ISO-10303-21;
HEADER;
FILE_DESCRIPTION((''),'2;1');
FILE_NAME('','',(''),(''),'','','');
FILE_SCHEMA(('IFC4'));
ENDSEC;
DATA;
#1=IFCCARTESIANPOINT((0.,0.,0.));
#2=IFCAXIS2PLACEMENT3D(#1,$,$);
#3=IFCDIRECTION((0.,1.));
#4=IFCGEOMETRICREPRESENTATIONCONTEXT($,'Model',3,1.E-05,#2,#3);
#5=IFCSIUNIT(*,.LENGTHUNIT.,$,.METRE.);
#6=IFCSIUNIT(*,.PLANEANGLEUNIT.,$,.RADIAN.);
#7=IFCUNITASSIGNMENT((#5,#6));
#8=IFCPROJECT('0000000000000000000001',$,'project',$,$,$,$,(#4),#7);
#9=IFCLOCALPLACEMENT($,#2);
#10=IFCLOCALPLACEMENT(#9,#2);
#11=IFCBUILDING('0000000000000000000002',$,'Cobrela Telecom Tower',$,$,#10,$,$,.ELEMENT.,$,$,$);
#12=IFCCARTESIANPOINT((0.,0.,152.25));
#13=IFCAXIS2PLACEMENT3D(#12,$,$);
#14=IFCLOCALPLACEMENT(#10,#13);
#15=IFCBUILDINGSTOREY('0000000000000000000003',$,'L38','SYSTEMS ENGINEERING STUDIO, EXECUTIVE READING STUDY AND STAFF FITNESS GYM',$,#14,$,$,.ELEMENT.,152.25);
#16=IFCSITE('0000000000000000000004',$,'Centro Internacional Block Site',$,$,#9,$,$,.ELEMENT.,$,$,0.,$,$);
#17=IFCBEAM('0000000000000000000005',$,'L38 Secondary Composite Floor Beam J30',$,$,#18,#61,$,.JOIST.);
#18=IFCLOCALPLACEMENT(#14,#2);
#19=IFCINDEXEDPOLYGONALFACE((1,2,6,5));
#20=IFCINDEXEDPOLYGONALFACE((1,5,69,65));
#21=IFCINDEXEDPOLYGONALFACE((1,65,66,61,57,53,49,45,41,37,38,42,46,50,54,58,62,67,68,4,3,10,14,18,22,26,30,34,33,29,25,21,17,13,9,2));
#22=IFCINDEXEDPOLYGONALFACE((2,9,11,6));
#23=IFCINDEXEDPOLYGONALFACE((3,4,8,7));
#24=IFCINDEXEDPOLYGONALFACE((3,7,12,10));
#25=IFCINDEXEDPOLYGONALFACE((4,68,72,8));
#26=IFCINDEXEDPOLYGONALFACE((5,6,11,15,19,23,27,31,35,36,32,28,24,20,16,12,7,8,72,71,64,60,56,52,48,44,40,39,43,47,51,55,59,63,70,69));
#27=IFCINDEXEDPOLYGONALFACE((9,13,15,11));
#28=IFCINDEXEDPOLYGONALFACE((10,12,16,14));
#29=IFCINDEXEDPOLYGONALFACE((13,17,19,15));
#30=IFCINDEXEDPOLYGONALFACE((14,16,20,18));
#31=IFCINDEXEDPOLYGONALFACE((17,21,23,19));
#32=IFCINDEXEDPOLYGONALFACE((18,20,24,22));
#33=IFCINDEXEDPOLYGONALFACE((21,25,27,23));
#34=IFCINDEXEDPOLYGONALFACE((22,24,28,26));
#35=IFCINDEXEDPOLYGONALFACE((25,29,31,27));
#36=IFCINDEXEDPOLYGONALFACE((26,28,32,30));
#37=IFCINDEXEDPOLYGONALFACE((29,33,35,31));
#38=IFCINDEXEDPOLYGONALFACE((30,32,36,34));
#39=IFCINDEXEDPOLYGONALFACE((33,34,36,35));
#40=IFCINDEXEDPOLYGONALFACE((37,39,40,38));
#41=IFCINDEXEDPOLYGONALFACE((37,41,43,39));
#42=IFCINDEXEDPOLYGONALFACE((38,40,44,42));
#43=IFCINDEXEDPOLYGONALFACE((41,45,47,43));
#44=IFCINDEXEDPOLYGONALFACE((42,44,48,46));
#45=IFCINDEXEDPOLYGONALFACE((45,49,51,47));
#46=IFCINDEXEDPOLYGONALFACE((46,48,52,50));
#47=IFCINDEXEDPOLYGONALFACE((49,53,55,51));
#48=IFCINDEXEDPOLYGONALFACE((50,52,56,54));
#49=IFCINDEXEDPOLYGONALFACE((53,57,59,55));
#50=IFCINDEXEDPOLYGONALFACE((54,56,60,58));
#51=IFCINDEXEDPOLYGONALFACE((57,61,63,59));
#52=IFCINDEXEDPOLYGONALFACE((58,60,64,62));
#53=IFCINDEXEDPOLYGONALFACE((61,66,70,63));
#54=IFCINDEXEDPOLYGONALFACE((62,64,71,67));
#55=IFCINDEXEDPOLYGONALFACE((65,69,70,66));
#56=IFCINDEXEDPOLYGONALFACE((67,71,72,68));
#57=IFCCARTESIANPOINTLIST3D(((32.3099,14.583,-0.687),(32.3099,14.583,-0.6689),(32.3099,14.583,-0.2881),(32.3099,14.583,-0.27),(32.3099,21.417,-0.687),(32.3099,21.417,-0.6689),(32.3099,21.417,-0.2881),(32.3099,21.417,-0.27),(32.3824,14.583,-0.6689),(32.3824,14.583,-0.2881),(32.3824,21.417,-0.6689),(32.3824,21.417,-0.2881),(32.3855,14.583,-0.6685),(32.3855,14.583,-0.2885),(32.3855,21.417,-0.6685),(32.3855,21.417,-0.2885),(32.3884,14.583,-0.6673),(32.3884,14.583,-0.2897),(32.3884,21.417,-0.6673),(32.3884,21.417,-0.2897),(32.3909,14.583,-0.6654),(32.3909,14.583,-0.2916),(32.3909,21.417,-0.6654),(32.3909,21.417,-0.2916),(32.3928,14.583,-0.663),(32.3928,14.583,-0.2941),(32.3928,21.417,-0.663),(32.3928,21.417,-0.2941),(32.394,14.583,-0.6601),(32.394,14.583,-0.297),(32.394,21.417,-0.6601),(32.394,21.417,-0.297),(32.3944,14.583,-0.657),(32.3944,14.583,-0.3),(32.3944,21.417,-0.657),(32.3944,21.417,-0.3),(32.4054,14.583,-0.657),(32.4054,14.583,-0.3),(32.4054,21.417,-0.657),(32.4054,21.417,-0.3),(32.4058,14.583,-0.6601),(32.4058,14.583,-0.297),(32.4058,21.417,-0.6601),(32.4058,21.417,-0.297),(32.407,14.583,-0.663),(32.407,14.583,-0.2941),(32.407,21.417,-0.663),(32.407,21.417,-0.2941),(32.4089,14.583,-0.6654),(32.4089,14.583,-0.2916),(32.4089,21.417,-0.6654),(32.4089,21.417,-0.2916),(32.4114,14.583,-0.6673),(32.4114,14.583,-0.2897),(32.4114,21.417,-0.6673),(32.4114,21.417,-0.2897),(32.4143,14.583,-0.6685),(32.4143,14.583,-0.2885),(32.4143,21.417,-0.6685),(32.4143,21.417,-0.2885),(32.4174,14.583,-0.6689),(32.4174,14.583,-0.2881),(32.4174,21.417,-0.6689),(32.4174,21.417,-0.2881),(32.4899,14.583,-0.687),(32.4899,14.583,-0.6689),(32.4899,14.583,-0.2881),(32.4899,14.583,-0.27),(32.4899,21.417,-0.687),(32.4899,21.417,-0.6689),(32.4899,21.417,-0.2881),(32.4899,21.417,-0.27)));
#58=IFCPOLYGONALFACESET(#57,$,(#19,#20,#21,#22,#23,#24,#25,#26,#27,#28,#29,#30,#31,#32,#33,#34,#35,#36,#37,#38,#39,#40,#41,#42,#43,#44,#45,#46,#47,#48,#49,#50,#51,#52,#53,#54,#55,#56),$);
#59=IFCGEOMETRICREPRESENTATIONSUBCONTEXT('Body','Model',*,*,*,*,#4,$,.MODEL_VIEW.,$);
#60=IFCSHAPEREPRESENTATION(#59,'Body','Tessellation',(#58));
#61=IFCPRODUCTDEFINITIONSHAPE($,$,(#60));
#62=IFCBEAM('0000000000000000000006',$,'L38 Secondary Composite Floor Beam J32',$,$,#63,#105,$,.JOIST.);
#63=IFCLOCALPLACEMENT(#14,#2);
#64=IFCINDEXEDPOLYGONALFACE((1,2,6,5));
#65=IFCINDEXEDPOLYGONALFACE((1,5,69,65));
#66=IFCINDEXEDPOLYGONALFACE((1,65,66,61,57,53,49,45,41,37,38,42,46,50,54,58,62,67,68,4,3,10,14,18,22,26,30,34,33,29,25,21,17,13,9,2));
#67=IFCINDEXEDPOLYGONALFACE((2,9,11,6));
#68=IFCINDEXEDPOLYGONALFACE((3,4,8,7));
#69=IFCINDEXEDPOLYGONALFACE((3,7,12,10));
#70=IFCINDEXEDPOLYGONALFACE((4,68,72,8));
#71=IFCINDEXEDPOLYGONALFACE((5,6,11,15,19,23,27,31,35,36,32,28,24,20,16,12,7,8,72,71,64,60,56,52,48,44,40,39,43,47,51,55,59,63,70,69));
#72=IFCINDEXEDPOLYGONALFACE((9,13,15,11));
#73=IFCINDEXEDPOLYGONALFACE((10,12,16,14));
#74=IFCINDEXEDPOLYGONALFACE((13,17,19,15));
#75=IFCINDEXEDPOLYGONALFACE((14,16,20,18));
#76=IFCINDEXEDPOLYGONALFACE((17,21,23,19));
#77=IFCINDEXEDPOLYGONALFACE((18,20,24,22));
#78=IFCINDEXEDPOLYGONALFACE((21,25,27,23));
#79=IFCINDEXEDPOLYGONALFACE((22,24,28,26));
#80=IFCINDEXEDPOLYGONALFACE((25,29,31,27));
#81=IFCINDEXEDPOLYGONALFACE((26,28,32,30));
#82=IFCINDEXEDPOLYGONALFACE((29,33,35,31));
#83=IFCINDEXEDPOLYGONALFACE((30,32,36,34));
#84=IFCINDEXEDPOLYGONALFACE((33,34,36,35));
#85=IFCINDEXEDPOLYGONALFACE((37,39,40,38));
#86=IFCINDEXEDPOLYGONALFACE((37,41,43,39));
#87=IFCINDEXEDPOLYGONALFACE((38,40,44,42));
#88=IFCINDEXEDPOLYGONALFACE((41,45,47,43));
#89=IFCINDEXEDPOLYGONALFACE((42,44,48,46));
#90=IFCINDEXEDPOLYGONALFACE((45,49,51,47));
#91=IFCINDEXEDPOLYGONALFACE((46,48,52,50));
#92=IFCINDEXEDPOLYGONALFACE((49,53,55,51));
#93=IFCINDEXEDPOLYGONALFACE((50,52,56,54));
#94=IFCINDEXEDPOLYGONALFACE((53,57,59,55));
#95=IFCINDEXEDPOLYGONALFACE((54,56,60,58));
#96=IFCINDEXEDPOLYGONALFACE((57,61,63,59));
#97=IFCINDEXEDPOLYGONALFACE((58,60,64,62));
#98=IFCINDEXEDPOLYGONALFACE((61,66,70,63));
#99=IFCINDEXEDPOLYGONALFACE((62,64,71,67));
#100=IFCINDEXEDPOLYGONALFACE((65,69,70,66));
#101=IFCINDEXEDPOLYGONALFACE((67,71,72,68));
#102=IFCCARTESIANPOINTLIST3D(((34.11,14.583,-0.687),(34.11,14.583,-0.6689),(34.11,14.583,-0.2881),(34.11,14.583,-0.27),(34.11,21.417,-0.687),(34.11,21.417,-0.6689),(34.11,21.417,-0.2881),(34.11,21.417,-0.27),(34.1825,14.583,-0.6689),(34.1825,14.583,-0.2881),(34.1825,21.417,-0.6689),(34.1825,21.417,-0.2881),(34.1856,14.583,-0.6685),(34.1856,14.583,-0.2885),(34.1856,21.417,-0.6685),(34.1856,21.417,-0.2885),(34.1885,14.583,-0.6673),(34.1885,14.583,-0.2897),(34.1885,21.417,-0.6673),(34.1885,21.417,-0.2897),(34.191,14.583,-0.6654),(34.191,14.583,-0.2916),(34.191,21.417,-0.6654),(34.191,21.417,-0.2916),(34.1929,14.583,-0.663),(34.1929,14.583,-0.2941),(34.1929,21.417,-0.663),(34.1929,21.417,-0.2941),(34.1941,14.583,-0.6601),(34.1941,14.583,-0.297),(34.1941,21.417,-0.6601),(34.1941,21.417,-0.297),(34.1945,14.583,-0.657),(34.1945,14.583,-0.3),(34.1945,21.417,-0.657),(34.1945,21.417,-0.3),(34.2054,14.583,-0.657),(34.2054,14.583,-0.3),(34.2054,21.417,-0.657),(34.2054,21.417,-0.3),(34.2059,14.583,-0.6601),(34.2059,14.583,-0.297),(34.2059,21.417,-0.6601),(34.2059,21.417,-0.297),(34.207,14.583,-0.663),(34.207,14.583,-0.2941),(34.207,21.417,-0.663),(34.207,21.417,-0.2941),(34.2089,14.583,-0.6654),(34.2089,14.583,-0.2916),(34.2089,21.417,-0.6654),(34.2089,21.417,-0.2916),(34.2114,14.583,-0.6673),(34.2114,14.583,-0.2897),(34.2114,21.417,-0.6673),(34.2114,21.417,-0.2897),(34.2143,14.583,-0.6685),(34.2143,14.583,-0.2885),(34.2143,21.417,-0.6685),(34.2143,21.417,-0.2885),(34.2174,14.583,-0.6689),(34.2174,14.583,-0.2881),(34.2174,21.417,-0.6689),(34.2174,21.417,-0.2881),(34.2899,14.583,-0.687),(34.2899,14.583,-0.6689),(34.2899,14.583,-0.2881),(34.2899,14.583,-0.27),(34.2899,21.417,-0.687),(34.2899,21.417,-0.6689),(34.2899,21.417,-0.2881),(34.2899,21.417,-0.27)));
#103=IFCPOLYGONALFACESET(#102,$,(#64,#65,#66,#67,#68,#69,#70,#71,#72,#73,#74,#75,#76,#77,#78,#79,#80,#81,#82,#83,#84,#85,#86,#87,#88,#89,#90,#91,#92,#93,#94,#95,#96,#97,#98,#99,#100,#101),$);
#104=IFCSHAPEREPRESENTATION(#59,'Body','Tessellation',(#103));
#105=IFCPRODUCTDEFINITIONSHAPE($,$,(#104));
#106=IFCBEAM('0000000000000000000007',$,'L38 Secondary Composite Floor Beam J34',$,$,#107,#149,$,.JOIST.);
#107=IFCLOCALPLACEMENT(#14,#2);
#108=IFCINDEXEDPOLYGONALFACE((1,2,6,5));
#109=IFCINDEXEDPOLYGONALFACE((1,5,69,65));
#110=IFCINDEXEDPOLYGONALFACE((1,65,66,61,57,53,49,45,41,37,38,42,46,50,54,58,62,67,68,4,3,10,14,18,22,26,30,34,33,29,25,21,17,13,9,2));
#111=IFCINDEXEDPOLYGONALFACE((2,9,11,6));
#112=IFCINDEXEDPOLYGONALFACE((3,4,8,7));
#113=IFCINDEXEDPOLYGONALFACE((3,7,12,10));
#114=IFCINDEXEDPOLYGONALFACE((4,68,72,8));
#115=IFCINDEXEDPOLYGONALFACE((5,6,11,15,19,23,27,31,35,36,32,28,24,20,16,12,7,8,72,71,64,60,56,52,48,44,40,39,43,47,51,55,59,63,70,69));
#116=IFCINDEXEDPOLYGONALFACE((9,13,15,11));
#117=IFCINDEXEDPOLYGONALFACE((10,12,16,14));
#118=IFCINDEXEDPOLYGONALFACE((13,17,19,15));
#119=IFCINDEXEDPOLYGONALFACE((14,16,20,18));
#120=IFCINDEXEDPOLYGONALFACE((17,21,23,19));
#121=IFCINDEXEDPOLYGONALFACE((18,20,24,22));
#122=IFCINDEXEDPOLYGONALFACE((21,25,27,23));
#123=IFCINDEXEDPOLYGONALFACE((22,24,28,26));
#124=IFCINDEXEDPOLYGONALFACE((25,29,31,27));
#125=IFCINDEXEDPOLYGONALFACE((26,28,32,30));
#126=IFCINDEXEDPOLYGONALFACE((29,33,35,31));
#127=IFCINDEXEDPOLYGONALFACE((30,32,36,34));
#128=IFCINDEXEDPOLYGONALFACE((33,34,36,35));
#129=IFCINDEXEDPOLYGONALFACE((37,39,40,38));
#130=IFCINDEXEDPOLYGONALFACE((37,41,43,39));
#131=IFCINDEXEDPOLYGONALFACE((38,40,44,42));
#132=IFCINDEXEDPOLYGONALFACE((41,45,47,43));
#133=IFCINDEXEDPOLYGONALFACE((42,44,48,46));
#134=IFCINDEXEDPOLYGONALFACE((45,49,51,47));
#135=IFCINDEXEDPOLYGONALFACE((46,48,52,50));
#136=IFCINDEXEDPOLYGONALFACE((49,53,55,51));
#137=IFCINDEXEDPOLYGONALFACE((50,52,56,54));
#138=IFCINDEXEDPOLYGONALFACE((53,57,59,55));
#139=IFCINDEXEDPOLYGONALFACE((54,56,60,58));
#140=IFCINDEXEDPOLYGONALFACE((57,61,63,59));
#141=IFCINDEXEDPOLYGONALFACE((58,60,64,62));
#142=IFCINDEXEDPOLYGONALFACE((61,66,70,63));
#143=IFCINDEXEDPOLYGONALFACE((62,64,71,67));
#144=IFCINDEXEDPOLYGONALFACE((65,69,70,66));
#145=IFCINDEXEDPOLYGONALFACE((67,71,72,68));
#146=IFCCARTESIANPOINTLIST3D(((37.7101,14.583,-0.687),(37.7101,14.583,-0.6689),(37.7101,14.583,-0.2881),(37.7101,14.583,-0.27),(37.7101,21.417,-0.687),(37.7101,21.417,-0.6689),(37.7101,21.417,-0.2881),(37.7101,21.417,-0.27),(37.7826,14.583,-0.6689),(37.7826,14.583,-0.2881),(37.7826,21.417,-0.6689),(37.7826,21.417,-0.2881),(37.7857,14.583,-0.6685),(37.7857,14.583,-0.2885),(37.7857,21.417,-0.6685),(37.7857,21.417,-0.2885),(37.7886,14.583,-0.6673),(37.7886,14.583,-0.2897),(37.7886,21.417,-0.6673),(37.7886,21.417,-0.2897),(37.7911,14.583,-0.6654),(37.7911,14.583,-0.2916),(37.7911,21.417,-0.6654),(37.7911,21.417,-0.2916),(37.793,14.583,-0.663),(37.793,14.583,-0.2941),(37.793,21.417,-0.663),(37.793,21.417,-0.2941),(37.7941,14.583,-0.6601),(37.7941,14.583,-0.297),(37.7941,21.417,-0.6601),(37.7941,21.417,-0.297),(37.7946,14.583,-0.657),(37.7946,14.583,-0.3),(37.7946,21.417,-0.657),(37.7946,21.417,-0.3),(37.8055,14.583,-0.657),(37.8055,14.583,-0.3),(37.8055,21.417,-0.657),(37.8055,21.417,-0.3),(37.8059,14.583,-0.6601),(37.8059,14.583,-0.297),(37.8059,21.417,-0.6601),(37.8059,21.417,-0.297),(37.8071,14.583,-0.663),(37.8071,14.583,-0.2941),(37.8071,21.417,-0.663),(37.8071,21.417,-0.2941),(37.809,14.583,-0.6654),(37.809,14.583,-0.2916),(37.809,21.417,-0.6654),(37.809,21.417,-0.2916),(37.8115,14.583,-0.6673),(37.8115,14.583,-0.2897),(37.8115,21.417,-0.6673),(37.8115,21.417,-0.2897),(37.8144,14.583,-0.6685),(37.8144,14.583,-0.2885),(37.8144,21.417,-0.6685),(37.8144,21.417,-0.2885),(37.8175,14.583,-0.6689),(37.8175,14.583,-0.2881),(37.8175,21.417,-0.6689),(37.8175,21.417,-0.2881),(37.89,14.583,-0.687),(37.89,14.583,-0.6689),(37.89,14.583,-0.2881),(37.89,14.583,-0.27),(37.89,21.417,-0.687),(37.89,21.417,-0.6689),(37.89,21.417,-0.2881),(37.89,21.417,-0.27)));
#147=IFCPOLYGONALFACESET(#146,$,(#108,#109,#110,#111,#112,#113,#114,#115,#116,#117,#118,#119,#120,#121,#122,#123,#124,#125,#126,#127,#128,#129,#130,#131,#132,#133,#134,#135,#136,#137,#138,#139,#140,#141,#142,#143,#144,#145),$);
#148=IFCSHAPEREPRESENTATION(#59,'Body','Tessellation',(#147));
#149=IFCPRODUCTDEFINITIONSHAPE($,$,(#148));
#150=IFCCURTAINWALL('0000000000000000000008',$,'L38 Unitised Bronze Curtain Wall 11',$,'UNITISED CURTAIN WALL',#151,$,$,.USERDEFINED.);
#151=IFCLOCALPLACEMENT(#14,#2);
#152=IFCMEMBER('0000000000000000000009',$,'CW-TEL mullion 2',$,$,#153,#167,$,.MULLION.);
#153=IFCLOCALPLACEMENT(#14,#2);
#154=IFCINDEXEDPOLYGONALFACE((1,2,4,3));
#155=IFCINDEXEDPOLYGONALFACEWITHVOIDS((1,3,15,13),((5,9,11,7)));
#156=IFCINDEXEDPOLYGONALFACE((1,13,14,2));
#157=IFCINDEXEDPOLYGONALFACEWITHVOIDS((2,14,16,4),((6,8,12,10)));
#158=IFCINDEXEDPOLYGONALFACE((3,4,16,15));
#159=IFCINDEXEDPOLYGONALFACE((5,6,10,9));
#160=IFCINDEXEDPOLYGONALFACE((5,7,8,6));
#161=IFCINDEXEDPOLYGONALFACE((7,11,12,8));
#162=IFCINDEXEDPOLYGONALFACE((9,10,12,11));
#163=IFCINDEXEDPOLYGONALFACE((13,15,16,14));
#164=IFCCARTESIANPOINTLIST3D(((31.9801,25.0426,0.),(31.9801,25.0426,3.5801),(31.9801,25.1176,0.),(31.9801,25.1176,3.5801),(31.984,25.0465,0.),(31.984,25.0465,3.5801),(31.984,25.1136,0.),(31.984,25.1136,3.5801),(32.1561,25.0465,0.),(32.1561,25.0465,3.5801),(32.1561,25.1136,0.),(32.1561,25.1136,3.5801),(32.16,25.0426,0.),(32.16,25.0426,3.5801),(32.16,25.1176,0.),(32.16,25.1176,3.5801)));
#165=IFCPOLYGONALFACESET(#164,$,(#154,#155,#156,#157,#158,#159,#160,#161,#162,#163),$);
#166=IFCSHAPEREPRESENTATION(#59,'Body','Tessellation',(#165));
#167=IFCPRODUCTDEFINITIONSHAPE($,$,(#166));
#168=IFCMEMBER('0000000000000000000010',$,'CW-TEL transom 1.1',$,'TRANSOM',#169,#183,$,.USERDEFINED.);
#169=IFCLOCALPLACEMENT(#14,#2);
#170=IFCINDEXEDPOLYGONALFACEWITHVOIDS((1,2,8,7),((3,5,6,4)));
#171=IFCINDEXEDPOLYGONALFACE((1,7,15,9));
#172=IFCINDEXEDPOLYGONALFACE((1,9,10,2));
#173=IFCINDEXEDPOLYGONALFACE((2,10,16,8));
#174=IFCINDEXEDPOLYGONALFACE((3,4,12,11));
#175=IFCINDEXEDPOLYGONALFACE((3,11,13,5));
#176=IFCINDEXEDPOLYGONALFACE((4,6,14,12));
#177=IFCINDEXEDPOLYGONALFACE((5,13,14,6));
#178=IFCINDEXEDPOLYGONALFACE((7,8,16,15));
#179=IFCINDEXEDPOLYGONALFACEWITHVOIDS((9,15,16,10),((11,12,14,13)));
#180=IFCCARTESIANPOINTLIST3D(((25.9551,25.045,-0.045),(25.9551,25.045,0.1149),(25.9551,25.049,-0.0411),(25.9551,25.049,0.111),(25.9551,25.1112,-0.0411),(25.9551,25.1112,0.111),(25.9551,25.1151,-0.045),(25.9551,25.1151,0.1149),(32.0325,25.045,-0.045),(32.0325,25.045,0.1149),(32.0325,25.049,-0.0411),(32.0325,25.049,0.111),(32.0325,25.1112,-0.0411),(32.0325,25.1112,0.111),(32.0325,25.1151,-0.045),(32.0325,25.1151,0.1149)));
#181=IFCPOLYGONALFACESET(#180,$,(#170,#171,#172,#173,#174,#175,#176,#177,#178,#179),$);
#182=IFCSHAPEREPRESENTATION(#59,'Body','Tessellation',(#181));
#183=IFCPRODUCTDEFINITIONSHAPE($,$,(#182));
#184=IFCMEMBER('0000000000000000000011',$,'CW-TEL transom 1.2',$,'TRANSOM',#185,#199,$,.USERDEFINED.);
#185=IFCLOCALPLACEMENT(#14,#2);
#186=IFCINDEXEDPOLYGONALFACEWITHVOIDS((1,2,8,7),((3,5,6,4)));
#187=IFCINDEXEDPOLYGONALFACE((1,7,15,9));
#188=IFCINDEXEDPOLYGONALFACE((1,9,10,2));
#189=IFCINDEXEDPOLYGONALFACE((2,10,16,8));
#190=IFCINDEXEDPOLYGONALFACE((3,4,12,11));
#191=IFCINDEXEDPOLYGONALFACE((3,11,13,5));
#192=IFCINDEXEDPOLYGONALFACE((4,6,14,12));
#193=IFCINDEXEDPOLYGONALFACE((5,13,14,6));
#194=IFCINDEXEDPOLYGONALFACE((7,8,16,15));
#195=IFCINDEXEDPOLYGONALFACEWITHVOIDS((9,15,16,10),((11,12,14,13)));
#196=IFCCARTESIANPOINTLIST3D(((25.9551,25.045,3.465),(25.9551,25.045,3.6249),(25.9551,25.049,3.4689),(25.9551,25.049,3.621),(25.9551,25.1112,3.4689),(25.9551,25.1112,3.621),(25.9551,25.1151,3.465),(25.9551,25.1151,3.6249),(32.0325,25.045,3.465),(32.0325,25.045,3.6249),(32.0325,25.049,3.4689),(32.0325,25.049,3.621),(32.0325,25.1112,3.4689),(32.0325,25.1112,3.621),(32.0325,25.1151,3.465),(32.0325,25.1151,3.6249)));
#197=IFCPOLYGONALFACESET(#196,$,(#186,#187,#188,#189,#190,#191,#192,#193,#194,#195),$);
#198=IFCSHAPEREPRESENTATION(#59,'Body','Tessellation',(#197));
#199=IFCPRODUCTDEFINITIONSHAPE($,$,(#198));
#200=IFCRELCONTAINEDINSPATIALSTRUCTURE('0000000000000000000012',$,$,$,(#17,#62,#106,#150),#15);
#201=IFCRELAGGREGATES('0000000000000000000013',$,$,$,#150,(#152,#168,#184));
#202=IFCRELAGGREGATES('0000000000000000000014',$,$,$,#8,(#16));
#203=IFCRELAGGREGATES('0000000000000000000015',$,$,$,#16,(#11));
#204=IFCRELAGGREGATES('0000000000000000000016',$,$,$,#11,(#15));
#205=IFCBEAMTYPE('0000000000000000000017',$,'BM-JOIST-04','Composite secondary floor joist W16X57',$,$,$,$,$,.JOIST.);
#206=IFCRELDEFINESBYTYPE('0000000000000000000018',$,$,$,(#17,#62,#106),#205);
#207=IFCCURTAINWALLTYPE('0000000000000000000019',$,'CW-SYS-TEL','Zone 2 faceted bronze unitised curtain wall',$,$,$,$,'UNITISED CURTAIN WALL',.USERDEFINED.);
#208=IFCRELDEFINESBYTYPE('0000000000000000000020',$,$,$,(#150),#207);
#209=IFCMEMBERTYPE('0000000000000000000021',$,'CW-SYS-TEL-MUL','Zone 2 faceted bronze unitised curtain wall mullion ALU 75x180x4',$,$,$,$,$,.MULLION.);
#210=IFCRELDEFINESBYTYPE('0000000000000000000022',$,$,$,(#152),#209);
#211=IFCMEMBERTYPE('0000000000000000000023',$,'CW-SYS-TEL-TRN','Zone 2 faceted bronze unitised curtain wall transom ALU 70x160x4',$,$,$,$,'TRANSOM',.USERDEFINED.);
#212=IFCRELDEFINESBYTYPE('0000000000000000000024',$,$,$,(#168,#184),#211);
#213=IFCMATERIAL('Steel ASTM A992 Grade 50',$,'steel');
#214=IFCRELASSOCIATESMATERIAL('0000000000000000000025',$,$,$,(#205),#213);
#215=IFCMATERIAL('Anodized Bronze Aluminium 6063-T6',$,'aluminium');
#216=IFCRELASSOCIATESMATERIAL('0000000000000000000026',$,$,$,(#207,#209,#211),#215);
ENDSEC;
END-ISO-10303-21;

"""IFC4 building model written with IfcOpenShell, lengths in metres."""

from ifc_helpers import new_model, si_unit, direction, frame, origin, origin_2d, place, context, subcontext, project, spatial, hollow_rectangle, i_section, extrude, material, material_profile, profile_set, type_object, element, aggregate, save


model = new_model("IFC4")

# Units and contexts
model_context = context("Model", 3, precision=1e-05, world=origin(), true_north=direction((0.0, 1.0)))
body_context = subcontext(model_context, "Body", "Model", "MODEL_VIEW")
ifc_project = project(units=[si_unit("LENGTHUNIT", "METRE"), si_unit("PLANEANGLEUNIT", "RADIAN")], contexts=[model_context])

# Site, building, storey
site_placement = place(None, origin())
site = spatial("IfcSite", under=ifc_project, at=site_placement, Name="Centro Internacional Block Site", CompositionType="ELEMENT", RefElevation=0.0)
building_placement = place(site_placement, origin())
building = spatial("IfcBuilding", under=site, at=building_placement, Name="Cobrela Telecom Tower", CompositionType="ELEMENT")
storey_placement = place(building_placement, frame((0.0, 0.0, 152.25)))
storey = spatial("IfcBuildingStorey", under=building, at=storey_placement, Name="L38", Description="SYSTEMS ENGINEERING STUDIO, EXECUTIVE READING STUDY AND STAFF FITNESS GYM", CompositionType="ELEMENT", Elevation=152.25)

# Shared definitions
ifc_material_1 = material(Name="Steel ASTM A992 Grade 50", Category="steel")

# Beams
ifc_material_profile_1 = material_profile(ifc_material_1, i_section(OverallWidth=0.1799, OverallDepth=0.417, WebThickness=0.011, FlangeThickness=0.0181, FilletRadius=0.012, at=origin_2d()), Name="W16X57")
ifc_profile_set_1 = profile_set([ifc_material_profile_1], Name="Steel ASTM A992 Grade 50")
beam_type_1 = type_object("IfcBeamType", Name="BM-JOIST-04", Description="Composite secondary floor joist W16X57", PredefinedType="JOIST", material=ifc_profile_set_1)
for number, where, z_axis, x_axis, name in (
    (1, (32.3999, 14.583, -0.4785), (0.0, 1.0, 0.0), (-1.0, 0.0, 0.0), "L38 Secondary Composite Floor Beam J30"),
    (2, (34.2, 14.583, -0.4785), (0.0, 1.0, 0.0), (-1.0, 0.0, 0.0), "L38 Secondary Composite Floor Beam J32"),
    (3, (37.8, 14.583, -0.4785), (0.0, 1.0, 0.0), (-1.0, 0.0, 0.0), "L38 Secondary Composite Floor Beam J34"),
):
    element("IfcBeam", number, at=place(storey_placement, frame(where, z_axis=z_axis, x_axis=x_axis)), inside=storey, type_object=beam_type_1, Name=name, PredefinedType="JOIST", context=body_context, shape_type="SweptSolid", body=[
        extrude(i_section(OverallWidth=0.1799, OverallDepth=0.417, WebThickness=0.011, FlangeThickness=0.0181, FilletRadius=0.012, at=origin_2d()), origin(), (0.0, 0.0, 1.0), 6.834),
    ])

# Curtain wall, members
ifc_material_2 = material(Name="Anodized Bronze Aluminium 6063-T6", Category="aluminium")
curtain_wall_type = type_object("IfcCurtainWallType", Name="CW-SYS-TEL", Description="Zone 2 faceted bronze unitised curtain wall", ElementType="UNITISED CURTAIN WALL", PredefinedType="USERDEFINED", material=ifc_material_2)
curtain_wall_placement = place(storey_placement, origin())
curtain_wall = element("IfcCurtainWall", 4, at=curtain_wall_placement, inside=storey, type_object=curtain_wall_type, Name="L38 Unitised Bronze Curtain Wall 11", ObjectType="UNITISED CURTAIN WALL", PredefinedType="USERDEFINED")
ifc_material_profile_2 = material_profile(ifc_material_2, hollow_rectangle(XDim=0.075, YDim=0.1799, WallThickness=0.0039, at=origin_2d()), Name="ALU 75x180x4")
ifc_profile_set_2 = profile_set([ifc_material_profile_2], Name="Anodized Bronze Aluminium 6063-T6")
member_type_1 = type_object("IfcMemberType", Name="CW-SYS-TEL-MUL", Description="Zone 2 faceted bronze unitised curtain wall mullion ALU 75x180x4", PredefinedType="MULLION", material=ifc_profile_set_2)
member_1_placement = place(storey_placement, frame((32.0701, 25.0801, 0.0), z_axis=(0.0, 0.0, 1.0), x_axis=(0.0, 1.0, 0.0)))
member_1 = element("IfcMember", 5, at=member_1_placement, type_object=member_type_1, Name="CW-TEL mullion 2", PredefinedType="MULLION", context=body_context, shape_type="SweptSolid", body=[
    extrude(hollow_rectangle(XDim=0.075, YDim=0.1799, WallThickness=0.0039, at=origin_2d()), origin(), (0.0, 0.0, 1.0), 3.5801),
])
ifc_material_profile_3 = material_profile(ifc_material_2, hollow_rectangle(XDim=0.0701, YDim=0.1599, WallThickness=0.0039, at=origin_2d()), Name="ALU 70x160x4")
ifc_profile_set_3 = profile_set([ifc_material_profile_3], Name="Anodized Bronze Aluminium 6063-T6")
member_type_2 = type_object("IfcMemberType", Name="CW-SYS-TEL-TRN", Description="Zone 2 faceted bronze unitised curtain wall transom ALU 70x160x4", ElementType="TRANSOM", PredefinedType="USERDEFINED", material=ifc_profile_set_3)
member_2_placement = place(storey_placement, frame((25.9551, 25.0801, 0.0349), z_axis=(1.0, 0.0, 0.0), x_axis=(0.0, 1.0, 0.0)))
member_2 = element("IfcMember", 6, at=member_2_placement, type_object=member_type_2, Name="CW-TEL transom 1.1", ObjectType="TRANSOM", PredefinedType="USERDEFINED", context=body_context, shape_type="SweptSolid", body=[
    extrude(hollow_rectangle(XDim=0.0701, YDim=0.1599, WallThickness=0.0039, at=origin_2d()), origin(), (0.0, 0.0, 1.0), 6.0774),
])
member_3_placement = place(storey_placement, frame((25.9551, 25.0801, 3.5449), z_axis=(1.0, 0.0, 0.0), x_axis=(0.0, 1.0, 0.0)))
member_3 = element("IfcMember", 7, at=member_3_placement, type_object=member_type_2, Name="CW-TEL transom 1.2", ObjectType="TRANSOM", PredefinedType="USERDEFINED", context=body_context, shape_type="SweptSolid", body=[
    extrude(hollow_rectangle(XDim=0.0701, YDim=0.1599, WallThickness=0.0039, at=origin_2d()), origin(), (0.0, 0.0, 1.0), 6.0774),
])
aggregate(curtain_wall, [member_1, member_2, member_3])

save(model, "model.ifc")
